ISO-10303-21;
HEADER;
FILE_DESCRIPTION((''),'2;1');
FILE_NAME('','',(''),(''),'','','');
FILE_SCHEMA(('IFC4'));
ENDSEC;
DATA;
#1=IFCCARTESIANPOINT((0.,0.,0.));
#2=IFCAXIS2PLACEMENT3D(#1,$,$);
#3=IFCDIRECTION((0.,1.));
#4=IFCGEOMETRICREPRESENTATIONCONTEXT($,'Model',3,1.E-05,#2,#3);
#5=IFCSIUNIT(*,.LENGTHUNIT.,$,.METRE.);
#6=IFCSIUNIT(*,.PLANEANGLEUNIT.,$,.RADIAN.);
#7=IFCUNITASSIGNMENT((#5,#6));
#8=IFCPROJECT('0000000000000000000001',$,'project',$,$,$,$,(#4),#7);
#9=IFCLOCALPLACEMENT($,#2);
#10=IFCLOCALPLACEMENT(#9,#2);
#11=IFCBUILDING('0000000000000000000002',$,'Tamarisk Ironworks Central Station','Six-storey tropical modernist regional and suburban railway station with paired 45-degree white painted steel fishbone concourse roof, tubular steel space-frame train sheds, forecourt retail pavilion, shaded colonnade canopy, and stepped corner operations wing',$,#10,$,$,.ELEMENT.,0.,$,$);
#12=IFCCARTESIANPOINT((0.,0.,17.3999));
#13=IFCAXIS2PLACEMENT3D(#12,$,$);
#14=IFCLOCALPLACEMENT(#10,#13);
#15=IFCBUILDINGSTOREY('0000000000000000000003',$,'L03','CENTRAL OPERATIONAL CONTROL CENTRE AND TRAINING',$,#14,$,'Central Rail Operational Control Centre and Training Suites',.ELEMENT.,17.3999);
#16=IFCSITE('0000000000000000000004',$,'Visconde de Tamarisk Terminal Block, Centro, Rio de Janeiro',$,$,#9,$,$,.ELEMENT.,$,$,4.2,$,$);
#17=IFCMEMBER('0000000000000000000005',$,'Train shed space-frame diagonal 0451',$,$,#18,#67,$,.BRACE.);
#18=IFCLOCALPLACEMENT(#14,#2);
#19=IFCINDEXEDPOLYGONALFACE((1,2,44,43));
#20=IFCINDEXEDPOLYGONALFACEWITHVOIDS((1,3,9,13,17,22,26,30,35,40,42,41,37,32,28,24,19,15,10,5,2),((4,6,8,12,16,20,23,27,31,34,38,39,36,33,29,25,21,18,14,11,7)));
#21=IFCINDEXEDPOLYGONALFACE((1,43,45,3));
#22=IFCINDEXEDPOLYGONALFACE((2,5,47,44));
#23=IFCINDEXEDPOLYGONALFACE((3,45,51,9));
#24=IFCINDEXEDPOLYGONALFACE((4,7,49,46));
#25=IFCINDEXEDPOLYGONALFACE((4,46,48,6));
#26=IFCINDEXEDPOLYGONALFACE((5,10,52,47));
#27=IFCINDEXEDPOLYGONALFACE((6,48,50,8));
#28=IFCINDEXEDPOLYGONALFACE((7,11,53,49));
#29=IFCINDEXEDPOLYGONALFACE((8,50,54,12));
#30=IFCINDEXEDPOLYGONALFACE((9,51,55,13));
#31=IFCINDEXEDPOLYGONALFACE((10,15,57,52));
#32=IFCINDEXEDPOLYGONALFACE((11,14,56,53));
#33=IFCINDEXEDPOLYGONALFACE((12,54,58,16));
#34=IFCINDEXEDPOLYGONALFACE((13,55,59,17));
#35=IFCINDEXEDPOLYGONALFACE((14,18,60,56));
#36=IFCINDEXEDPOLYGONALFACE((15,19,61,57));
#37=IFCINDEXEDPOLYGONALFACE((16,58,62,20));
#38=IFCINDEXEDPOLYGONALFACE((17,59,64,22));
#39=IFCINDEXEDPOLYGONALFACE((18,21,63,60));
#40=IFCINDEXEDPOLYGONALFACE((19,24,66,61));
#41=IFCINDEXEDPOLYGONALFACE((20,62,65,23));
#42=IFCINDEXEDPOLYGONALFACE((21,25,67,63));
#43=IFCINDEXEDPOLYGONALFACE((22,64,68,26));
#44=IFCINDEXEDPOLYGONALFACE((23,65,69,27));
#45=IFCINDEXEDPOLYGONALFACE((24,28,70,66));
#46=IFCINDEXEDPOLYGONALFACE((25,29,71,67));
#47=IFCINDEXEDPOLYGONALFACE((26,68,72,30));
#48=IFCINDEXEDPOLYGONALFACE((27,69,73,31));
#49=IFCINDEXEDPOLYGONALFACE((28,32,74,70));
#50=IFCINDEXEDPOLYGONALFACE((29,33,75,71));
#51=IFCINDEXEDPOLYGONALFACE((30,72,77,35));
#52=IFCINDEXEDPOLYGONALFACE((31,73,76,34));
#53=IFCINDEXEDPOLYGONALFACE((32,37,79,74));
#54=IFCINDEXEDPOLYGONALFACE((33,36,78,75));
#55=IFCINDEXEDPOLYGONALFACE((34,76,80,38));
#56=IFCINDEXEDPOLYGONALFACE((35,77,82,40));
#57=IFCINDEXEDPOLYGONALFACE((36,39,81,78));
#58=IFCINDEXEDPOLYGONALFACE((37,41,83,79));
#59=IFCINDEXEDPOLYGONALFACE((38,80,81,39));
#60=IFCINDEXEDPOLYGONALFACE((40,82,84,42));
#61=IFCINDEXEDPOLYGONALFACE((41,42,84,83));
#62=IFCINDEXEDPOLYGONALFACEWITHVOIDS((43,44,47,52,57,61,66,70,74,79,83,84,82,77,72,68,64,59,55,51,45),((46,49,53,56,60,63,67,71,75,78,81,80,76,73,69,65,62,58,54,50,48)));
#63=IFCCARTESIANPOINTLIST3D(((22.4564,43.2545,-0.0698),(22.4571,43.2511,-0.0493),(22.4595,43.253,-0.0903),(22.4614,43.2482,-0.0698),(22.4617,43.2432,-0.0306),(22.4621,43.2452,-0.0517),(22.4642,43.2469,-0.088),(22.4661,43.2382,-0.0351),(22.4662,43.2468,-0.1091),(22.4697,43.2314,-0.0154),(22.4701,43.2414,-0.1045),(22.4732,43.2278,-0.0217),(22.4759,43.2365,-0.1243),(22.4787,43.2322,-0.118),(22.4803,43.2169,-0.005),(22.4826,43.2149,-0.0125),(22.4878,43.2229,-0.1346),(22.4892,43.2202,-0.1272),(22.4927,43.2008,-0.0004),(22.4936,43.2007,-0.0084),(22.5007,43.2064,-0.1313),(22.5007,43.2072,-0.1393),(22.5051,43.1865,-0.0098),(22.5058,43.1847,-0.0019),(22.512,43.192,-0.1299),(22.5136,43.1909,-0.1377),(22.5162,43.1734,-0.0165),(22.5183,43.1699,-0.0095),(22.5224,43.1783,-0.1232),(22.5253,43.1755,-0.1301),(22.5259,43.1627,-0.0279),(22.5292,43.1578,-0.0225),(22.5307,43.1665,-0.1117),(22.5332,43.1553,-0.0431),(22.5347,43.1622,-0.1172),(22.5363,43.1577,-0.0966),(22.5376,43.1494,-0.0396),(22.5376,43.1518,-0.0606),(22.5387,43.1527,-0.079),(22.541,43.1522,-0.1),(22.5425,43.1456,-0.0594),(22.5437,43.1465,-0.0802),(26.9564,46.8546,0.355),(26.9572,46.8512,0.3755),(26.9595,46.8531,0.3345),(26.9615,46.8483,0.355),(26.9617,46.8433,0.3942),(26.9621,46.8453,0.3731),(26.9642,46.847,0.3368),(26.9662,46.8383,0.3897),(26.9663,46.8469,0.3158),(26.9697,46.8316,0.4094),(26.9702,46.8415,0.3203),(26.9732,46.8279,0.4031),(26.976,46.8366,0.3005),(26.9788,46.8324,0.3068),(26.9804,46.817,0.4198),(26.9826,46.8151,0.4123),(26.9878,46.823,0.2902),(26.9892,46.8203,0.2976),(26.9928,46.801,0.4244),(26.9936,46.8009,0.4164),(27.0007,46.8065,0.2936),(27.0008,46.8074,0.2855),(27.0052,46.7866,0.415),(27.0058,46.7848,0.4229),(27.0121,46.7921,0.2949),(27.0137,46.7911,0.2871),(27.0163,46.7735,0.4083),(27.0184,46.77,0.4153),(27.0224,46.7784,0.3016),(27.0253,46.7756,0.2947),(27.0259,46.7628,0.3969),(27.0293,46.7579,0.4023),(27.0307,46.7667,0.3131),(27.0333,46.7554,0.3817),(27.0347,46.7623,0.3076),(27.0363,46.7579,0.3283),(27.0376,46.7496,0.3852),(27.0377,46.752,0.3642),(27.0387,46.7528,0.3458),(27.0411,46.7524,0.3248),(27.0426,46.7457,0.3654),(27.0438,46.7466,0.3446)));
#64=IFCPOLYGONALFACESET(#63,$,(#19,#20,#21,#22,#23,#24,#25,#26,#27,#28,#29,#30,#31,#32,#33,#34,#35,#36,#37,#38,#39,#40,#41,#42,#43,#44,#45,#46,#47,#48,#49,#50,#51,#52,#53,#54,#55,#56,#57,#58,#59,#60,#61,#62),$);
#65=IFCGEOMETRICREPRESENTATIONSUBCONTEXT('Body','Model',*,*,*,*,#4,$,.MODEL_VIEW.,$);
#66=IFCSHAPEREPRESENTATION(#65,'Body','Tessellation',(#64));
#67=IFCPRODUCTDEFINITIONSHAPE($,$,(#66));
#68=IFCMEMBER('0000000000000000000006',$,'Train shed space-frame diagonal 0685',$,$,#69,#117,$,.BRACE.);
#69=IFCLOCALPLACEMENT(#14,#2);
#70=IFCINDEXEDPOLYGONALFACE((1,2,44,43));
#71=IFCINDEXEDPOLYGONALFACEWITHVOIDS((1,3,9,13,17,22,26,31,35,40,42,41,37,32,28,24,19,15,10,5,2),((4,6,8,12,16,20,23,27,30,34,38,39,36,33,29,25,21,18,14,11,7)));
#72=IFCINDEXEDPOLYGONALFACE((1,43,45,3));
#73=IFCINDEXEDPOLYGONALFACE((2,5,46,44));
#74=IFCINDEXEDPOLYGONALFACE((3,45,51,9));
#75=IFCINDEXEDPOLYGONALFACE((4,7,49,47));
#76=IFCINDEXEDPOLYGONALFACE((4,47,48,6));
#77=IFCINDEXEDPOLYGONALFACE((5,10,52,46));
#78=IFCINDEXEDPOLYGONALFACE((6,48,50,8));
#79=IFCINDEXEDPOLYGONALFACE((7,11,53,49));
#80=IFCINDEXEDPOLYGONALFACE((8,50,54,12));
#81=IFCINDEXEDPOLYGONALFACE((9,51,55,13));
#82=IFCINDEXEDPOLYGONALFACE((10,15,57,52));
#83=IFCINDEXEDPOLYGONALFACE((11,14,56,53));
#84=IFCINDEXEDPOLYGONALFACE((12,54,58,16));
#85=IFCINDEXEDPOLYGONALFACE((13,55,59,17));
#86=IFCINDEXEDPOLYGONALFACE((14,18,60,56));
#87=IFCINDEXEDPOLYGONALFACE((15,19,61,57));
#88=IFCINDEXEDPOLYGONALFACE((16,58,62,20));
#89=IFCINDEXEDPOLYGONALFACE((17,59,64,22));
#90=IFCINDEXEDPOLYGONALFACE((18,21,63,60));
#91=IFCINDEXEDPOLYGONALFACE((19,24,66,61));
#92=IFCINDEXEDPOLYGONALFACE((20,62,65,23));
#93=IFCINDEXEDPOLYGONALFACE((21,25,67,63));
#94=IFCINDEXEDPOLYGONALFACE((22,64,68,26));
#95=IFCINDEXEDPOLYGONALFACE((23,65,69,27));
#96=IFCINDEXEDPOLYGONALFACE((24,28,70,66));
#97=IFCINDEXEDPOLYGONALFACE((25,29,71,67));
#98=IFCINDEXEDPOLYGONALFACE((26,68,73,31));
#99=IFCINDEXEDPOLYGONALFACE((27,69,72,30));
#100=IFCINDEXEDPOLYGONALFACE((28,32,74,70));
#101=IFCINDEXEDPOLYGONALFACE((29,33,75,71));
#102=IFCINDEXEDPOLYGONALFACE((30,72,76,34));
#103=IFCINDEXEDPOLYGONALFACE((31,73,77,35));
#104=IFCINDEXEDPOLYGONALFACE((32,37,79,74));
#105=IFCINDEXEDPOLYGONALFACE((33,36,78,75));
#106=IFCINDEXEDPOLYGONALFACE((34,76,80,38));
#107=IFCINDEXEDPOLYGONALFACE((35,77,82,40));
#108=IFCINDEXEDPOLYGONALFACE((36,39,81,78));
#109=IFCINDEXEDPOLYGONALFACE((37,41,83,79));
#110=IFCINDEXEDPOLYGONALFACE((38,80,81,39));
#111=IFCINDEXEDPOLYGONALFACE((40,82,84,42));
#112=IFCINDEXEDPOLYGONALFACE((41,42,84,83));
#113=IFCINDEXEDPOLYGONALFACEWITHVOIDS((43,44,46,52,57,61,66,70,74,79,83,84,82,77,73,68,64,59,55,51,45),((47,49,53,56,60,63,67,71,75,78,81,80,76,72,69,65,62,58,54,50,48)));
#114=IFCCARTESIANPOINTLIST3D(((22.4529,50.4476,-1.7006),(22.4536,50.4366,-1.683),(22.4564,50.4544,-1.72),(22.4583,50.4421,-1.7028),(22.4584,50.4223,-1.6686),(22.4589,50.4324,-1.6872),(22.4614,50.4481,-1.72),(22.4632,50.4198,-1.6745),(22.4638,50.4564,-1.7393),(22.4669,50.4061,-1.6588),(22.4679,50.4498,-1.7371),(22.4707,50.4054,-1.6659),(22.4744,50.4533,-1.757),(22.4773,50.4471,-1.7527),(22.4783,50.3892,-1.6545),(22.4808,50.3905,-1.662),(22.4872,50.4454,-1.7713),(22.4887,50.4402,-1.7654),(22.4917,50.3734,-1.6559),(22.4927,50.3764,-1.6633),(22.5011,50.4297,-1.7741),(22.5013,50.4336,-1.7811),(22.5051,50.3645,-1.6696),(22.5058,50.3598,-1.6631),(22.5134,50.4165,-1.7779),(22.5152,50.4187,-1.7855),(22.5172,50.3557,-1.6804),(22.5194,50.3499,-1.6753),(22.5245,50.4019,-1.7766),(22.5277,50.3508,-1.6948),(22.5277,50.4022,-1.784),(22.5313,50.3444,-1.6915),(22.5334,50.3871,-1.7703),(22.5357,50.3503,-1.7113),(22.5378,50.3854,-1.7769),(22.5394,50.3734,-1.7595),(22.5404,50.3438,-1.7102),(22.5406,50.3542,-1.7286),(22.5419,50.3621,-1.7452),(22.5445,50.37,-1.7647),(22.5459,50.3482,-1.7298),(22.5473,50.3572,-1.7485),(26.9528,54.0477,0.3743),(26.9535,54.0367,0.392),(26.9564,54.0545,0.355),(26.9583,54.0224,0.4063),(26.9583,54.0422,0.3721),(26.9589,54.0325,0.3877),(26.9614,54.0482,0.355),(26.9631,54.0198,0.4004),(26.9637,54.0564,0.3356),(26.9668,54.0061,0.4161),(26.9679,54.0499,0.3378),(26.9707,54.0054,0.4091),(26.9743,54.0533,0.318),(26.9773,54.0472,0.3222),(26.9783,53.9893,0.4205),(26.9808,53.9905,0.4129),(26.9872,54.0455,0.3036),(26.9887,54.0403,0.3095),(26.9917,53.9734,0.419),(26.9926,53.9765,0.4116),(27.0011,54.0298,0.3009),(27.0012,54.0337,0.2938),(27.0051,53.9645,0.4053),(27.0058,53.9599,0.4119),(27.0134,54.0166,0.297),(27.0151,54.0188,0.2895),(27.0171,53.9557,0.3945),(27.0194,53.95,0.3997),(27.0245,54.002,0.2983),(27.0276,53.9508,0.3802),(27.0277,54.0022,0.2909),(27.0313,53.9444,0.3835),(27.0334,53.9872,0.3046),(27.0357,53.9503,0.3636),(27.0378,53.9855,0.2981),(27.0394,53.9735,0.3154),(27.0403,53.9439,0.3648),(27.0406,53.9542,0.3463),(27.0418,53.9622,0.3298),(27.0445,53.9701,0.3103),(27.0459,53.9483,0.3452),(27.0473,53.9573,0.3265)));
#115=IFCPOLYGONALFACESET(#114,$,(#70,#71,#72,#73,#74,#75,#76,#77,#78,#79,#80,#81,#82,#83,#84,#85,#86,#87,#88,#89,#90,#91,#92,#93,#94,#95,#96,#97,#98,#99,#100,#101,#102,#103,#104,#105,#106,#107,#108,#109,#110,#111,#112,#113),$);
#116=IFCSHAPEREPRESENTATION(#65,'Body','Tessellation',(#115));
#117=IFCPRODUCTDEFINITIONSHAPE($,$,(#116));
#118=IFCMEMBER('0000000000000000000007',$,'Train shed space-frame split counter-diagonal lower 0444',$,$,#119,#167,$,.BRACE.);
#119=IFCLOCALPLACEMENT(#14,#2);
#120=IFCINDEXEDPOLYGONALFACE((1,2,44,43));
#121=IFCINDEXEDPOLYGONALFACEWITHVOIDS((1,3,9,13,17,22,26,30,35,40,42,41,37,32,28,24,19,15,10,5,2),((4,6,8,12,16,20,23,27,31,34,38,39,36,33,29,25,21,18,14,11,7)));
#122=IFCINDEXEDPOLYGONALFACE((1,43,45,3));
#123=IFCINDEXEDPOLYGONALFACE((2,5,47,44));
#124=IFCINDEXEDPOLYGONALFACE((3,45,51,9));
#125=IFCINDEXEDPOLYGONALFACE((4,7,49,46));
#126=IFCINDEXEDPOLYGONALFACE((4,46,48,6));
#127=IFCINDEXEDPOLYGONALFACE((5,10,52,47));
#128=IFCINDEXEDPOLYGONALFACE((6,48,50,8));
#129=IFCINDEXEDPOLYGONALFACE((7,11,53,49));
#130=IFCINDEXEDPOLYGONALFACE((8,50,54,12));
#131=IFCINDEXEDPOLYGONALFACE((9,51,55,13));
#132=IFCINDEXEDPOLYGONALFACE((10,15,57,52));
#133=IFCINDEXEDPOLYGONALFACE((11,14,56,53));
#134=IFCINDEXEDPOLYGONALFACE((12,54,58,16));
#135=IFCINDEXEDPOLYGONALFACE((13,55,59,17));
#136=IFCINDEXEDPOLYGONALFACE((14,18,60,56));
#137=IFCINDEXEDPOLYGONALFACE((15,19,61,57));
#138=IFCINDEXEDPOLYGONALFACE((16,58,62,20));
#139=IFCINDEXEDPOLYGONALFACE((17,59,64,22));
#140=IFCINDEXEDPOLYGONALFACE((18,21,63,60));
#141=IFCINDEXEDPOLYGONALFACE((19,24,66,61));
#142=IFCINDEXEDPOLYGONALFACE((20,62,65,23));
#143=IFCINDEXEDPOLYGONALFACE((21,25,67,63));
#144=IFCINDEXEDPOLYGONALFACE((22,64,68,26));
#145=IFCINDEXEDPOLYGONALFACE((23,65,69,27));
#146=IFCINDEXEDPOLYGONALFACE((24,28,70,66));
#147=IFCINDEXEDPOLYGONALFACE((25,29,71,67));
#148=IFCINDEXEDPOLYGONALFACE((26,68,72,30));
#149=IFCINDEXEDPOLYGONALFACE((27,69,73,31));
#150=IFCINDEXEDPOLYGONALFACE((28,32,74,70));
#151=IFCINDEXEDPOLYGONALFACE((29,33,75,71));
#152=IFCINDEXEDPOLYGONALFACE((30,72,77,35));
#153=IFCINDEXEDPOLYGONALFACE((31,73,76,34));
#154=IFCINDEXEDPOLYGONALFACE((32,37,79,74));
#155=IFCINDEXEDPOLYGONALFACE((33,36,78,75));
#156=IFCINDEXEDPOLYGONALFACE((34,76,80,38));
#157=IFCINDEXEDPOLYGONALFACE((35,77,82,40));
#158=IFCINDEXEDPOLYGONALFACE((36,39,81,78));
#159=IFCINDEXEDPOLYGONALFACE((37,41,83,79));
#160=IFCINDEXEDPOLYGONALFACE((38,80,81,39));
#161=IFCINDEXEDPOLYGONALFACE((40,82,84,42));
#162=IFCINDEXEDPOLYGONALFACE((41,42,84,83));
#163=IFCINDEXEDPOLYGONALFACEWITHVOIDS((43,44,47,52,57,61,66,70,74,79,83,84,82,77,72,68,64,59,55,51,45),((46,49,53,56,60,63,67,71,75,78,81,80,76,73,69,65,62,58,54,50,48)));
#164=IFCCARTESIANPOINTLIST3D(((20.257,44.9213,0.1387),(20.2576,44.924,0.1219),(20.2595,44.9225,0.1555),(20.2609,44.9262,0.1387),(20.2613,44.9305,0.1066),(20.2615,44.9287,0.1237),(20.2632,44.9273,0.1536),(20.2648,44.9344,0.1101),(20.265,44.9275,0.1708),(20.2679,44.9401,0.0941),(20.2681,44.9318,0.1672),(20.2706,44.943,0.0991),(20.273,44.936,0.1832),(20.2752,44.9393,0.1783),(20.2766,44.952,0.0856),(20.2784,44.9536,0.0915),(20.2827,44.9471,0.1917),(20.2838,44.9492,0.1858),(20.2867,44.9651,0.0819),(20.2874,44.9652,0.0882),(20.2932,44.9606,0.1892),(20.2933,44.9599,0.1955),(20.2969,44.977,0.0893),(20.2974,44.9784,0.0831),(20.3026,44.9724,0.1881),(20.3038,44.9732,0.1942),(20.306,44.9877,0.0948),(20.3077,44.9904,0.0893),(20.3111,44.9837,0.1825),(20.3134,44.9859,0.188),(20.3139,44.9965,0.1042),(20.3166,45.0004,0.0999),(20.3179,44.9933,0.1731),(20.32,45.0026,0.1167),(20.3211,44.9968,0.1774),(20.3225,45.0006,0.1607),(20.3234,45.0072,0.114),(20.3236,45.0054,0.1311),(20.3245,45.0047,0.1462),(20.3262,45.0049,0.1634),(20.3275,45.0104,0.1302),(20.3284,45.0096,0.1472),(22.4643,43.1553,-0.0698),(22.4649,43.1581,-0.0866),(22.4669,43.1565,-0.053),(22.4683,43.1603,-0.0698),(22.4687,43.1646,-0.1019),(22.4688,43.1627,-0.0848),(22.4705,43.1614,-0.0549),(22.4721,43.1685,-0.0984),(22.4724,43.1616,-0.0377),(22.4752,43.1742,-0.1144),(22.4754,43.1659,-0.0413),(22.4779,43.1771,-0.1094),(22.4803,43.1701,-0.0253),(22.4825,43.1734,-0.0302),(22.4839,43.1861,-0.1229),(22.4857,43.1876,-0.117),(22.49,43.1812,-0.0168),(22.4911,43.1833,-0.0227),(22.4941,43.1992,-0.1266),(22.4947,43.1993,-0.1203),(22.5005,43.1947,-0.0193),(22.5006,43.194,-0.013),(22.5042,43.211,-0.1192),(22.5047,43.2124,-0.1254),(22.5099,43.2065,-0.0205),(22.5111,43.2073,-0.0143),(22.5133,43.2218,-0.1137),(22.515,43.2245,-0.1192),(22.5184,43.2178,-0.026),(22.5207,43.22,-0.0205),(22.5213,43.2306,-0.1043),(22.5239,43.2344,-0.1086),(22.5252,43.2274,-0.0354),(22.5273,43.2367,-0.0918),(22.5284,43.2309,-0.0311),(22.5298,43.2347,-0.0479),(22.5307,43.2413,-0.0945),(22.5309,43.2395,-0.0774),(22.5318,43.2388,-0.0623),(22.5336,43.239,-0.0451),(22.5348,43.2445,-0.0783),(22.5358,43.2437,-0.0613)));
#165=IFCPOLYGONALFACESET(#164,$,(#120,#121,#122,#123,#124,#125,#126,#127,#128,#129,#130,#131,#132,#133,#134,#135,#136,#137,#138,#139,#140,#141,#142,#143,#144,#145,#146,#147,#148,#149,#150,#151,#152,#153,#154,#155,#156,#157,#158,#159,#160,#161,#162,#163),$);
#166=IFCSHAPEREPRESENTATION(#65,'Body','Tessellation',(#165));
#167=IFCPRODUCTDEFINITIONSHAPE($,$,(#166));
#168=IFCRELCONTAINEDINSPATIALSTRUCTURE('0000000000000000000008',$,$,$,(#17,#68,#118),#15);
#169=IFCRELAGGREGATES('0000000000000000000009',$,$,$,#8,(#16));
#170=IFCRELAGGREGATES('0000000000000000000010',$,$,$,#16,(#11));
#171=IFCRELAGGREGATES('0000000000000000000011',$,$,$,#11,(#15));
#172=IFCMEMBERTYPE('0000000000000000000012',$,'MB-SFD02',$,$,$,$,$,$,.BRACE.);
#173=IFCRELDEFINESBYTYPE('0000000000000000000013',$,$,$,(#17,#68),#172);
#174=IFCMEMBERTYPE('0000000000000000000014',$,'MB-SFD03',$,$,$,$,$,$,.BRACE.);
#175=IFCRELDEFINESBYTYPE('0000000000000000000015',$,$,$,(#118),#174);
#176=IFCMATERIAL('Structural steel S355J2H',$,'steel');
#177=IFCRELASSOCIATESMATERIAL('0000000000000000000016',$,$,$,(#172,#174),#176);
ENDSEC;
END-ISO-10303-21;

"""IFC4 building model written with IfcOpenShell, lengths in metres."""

from ifc_helpers import new_model, si_unit, direction, frame, origin, origin_2d, place, context, subcontext, project, spatial, hollow_circle, extrude, material, material_profile, profile_set, type_object, element, save


model = new_model("IFC4")

# Units and contexts
model_context = context("Model", 3, precision=1e-05, world=origin(), true_north=direction((0.0, 1.0)))
body_context = subcontext(model_context, "Body", "Model", "MODEL_VIEW")
ifc_project = project(units=[si_unit("LENGTHUNIT", "METRE"), si_unit("PLANEANGLEUNIT", "RADIAN")], contexts=[model_context])

# Site, building, storey
site_placement = place(None, origin())
site = spatial("IfcSite", under=ifc_project, at=site_placement, Name="Visconde de Tamarisk Terminal Block, Centro, Rio de Janeiro", CompositionType="ELEMENT", RefElevation=4.2)
building_placement = place(site_placement, origin())
building = spatial("IfcBuilding", under=site, at=building_placement, Name="Tamarisk Ironworks Central Station", Description="Six-storey tropical modernist regional and suburban railway station with paired 45-degree white painted steel fishbone concourse roof, tubular steel space-frame train sheds, forecourt retail pavilion, shaded colonnade canopy, and stepped corner operations wing", CompositionType="ELEMENT", ElevationOfRefHeight=0.0)
storey_placement = place(building_placement, frame((0.0, 0.0, 17.3999)))
storey = spatial("IfcBuildingStorey", under=building, at=storey_placement, Name="L03", Description="CENTRAL OPERATIONAL CONTROL CENTRE AND TRAINING", LongName="Central Rail Operational Control Centre and Training Suites", CompositionType="ELEMENT", Elevation=17.3999)

# Members
ifc_material_1 = material(Name="Structural steel S355J2H", Category="steel")
ifc_material_profile_1 = material_profile(ifc_material_1, hollow_circle(Radius=0.0698, WallThickness=0.0081, at=origin_2d()), Name="CHS 139.7x8")
ifc_profile_set_1 = profile_set([ifc_material_profile_1], Name="Structural steel S355J2H")
member_type_1 = type_object("IfcMemberType", Name="MB-SFD02", PredefinedType="BRACE", material=ifc_profile_set_1)
member_1_placement = place(storey_placement, frame((22.5, 43.2, -0.0698), z_axis=(0.778748, 0.623015, 0.073515), x_axis=(-0.624705, 0.780861, 0.0)))
element("IfcMember", 1, at=member_1_placement, inside=storey, type_object=member_type_1, Name="Train shed space-frame diagonal 0451", PredefinedType="BRACE", context=body_context, shape_type="SweptSolid", body=[
    extrude(hollow_circle(Radius=0.0698, WallThickness=0.0081, at=origin_2d()), origin(), (0.0, 0.0, 1.0), 5.7786),
])
member_2_placement = place(storey_placement, frame((22.5, 50.3999, -1.72), z_axis=(0.734689, 0.587767, 0.338765), x_axis=(-0.624705, 0.780861, 0.0)))
element("IfcMember", 2, at=member_2_placement, inside=storey, type_object=member_type_1, Name="Train shed space-frame diagonal 0685", PredefinedType="BRACE", context=body_context, shape_type="SweptSolid", body=[
    extrude(hollow_circle(Radius=0.0698, WallThickness=0.0081, at=origin_2d()), origin(), (0.0, 0.0, 1.0), 6.125),
])
ifc_material_profile_2 = material_profile(ifc_material_1, hollow_circle(Radius=0.0571, WallThickness=0.0063, at=origin_2d()), Name="CHS 114.3x6.3")
ifc_profile_set_2 = profile_set([ifc_material_profile_2], Name="Structural steel S355J2H")
member_type_2 = type_object("IfcMemberType", Name="MB-SFD03", PredefinedType="BRACE", material=ifc_profile_set_2)
for number, where, z_axis, x_axis, name in (
    (3, (22.5, 43.2, -0.0698), (-0.778745, 0.623013, 0.073559), (-0.624706, -0.78086, 0.0), "Train shed space-frame split counter-diagonal lower 0444"),
):
    element("IfcMember", number, at=place(storey_placement, frame(where, z_axis=z_axis, x_axis=x_axis)), inside=storey, type_object=member_type_2, Name=name, PredefinedType="BRACE", context=body_context, shape_type="SweptSolid", body=[
        extrude(hollow_circle(Radius=0.0571, WallThickness=0.0063, at=origin_2d()), origin(), (0.0, 0.0, 1.0), 2.8345),
    ])

save(model, "model.ifc")
